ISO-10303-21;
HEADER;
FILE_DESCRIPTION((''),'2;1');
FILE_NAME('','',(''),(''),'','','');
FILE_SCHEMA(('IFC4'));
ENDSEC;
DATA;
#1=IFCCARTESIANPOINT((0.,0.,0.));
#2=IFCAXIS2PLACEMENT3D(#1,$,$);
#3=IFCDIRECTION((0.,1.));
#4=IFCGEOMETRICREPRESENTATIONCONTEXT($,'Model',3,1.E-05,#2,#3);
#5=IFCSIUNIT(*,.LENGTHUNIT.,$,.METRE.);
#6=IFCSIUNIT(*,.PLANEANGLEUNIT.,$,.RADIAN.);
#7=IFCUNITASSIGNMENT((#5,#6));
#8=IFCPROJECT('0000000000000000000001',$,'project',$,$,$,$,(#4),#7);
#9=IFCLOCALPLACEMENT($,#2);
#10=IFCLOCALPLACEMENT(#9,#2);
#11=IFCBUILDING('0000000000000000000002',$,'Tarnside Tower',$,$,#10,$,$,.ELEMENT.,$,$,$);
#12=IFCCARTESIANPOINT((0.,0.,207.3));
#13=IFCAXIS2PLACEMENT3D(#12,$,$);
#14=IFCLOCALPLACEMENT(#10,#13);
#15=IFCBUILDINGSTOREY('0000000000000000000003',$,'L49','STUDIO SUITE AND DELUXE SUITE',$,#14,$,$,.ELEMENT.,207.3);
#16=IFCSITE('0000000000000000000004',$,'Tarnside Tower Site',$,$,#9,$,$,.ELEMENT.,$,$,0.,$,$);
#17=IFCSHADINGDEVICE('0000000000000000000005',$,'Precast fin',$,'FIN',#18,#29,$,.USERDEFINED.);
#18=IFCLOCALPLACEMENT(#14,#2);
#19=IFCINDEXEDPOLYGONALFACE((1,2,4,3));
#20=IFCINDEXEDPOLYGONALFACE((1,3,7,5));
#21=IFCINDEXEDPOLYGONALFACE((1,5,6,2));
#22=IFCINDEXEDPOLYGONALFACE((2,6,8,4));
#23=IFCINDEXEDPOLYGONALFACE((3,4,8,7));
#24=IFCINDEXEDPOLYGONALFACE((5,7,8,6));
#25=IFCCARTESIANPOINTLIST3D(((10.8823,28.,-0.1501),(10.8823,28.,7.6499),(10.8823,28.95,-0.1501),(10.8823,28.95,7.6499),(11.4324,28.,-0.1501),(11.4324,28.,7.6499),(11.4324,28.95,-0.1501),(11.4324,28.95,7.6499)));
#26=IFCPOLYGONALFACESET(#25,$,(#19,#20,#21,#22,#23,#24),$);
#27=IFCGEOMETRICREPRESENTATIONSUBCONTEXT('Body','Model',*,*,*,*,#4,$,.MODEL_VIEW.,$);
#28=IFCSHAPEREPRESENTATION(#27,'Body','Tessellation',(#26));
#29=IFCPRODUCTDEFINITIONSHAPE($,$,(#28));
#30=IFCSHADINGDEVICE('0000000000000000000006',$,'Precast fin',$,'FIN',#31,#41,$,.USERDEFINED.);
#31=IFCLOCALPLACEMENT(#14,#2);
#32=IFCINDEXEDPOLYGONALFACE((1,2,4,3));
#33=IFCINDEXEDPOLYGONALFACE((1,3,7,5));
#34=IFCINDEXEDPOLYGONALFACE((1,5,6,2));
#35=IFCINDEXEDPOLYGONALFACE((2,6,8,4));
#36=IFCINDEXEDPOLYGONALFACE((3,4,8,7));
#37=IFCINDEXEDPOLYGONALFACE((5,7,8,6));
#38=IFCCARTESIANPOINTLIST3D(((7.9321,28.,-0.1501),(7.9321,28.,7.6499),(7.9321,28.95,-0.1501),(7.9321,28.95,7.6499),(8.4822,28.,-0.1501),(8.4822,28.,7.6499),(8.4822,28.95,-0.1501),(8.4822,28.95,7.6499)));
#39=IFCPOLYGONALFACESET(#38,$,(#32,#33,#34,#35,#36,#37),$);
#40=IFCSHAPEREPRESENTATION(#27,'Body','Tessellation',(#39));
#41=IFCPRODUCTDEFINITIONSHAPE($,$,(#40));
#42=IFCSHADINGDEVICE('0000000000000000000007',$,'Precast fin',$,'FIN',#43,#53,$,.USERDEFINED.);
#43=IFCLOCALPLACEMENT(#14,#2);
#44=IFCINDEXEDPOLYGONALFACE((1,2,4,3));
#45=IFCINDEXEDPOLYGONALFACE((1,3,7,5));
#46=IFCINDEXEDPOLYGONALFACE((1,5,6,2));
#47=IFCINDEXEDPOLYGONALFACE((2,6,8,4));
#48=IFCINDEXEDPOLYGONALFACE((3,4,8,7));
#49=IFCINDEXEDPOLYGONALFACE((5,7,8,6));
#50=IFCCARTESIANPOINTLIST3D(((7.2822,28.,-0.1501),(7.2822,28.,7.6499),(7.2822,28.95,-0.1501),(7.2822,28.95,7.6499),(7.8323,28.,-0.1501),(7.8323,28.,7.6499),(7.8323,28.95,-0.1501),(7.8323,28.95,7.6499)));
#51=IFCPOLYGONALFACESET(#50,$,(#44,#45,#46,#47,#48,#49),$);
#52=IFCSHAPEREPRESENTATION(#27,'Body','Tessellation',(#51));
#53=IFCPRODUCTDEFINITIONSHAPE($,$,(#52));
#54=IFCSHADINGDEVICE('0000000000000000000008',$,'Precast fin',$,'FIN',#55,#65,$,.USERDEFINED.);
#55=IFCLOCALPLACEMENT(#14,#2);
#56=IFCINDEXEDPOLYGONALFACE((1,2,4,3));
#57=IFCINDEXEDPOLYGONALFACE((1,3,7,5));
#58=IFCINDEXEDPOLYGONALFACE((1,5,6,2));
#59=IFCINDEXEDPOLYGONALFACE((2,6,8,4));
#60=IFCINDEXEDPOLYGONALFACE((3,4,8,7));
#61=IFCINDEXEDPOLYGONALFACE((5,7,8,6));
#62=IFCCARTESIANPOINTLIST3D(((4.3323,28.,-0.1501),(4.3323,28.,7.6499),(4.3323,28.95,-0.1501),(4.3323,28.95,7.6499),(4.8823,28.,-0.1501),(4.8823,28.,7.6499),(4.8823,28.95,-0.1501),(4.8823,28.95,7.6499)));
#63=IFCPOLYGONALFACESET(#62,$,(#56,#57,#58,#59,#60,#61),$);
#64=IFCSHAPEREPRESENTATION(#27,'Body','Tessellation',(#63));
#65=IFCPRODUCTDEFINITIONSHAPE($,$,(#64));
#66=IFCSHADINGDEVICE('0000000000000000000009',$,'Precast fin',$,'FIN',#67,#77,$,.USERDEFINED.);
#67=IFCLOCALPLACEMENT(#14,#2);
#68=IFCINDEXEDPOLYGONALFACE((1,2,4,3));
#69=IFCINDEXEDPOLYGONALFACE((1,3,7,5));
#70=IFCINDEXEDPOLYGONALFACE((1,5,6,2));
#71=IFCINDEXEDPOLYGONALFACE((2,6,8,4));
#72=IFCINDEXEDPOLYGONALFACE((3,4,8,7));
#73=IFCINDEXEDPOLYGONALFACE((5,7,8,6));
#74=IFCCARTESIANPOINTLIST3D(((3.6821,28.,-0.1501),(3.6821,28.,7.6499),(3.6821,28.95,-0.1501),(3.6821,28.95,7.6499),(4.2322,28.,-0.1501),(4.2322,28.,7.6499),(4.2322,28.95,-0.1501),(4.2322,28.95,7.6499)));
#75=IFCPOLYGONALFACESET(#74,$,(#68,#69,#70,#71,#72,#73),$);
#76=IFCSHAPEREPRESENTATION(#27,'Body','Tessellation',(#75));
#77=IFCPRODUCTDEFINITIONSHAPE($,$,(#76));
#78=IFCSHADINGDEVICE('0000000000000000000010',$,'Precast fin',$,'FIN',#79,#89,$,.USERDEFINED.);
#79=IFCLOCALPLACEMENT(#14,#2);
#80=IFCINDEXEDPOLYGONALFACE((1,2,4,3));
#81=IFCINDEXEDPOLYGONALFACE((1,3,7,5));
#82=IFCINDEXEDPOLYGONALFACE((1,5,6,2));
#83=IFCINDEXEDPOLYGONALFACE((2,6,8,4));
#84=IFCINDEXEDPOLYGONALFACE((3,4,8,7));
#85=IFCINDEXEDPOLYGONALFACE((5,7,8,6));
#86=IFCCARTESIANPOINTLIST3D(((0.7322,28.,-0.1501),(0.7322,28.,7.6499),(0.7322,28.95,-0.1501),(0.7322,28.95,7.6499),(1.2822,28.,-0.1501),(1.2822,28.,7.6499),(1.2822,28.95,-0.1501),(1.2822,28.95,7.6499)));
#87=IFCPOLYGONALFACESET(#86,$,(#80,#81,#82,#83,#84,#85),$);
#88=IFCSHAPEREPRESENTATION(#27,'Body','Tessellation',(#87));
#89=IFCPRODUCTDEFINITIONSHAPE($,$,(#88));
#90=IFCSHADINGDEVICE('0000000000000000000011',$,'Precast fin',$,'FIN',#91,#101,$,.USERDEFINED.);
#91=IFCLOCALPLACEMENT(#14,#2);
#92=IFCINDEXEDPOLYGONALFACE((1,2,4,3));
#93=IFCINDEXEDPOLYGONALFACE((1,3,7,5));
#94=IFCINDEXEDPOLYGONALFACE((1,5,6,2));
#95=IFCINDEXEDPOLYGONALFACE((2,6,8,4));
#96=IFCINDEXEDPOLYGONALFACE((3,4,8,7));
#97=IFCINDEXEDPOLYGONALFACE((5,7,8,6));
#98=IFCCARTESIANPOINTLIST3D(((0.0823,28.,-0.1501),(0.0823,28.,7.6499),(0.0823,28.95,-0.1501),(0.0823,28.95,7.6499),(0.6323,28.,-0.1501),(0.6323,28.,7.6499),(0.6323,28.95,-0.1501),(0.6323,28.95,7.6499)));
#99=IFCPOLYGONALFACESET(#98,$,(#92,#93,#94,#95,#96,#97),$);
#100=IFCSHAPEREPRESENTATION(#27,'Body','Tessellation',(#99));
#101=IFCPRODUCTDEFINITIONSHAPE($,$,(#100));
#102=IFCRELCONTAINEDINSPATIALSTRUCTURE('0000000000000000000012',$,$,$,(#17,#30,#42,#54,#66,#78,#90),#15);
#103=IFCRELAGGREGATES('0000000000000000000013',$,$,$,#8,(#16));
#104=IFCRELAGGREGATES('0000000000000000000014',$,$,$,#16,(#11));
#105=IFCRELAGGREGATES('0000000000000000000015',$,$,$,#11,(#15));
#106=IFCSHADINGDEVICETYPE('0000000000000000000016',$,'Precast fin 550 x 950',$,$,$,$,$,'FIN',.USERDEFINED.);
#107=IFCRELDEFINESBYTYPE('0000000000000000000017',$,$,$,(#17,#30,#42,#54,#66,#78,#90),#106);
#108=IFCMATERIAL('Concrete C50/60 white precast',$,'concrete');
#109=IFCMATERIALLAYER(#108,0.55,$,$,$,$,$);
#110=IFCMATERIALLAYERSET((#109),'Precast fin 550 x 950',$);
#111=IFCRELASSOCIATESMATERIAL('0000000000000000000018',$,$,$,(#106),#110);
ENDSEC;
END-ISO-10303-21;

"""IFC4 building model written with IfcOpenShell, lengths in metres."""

from ifc_helpers import new_model, si_unit, direction, frame, origin, place, context, subcontext, project, spatial, polyline, outline, extrude, material, layer, layer_set, type_object, element, save


model = new_model("IFC4")

# Units and contexts
model_context = context("Model", 3, precision=1e-05, world=origin(), true_north=direction((0.0, 1.0)))
body_context = subcontext(model_context, "Body", "Model", "MODEL_VIEW")
ifc_project = project(units=[si_unit("LENGTHUNIT", "METRE"), si_unit("PLANEANGLEUNIT", "RADIAN")], contexts=[model_context])

# Site, building, storey
site_placement = place(None, origin())
site = spatial("IfcSite", under=ifc_project, at=site_placement, Name="Tarnside Tower Site", CompositionType="ELEMENT", RefElevation=0.0)
building_placement = place(site_placement, origin())
building = spatial("IfcBuilding", under=site, at=building_placement, Name="Tarnside Tower", CompositionType="ELEMENT")
storey_placement = place(building_placement, frame((0.0, 0.0, 207.3)))
storey = spatial("IfcBuildingStorey", under=building, at=storey_placement, Name="L49", Description="STUDIO SUITE AND DELUXE SUITE", CompositionType="ELEMENT", Elevation=207.3)

# Shading devices
ifc_material_1 = material(Name="Concrete C50/60 white precast", Category="concrete")
ifc_layer_1 = layer(ifc_material_1, 0.55)
ifc_layer_set_1 = layer_set([ifc_layer_1], Name="Precast fin 550 x 950")
shading_device_type = type_object("IfcShadingDeviceType", Name="Precast fin 550 x 950", ElementType="FIN", PredefinedType="USERDEFINED", material=ifc_layer_set_1)
for number, where, z_axis, x_axis, name in (
    (1, (11.1572, 28.0, -0.1501), (1.0, 0.0, 0.0), (0.0, 1.0, 0.0), "Precast fin"),
    (2, (8.207, 28.0, -0.1501), (1.0, 0.0, 0.0), (0.0, 1.0, 0.0), "Precast fin"),
    (3, (7.5571, 28.0, -0.1501), (1.0, 0.0, 0.0), (0.0, 1.0, 0.0), "Precast fin"),
    (4, (4.6072, 28.0, -0.1501), (1.0, 0.0, 0.0), (0.0, 1.0, 0.0), "Precast fin"),
    (5, (3.957, 28.0, -0.1501), (1.0, 0.0, 0.0), (0.0, 1.0, 0.0), "Precast fin"),
    (6, (1.0071, 28.0, -0.1501), (1.0, 0.0, 0.0), (0.0, 1.0, 0.0), "Precast fin"),
    (7, (0.3572, 28.0, -0.1501), (1.0, 0.0, 0.0), (0.0, 1.0, 0.0), "Precast fin"),
):
    element("IfcShadingDevice", number, at=place(storey_placement, frame(where, z_axis=z_axis, x_axis=x_axis)), inside=storey, type_object=shading_device_type, Name=name, ObjectType="FIN", PredefinedType="USERDEFINED", context=body_context, shape_type="SweptSolid", body=[
        extrude(outline(polyline([(0.0, 0.0), (0.95, 0.0), (0.95, 7.8), (0.0, 7.8), (0.0, 0.0)])), frame((0.0, 0.0, -0.2749)), (0.0, 0.0, 1.0), 0.55),
    ])

save(model, "model.ifc")
